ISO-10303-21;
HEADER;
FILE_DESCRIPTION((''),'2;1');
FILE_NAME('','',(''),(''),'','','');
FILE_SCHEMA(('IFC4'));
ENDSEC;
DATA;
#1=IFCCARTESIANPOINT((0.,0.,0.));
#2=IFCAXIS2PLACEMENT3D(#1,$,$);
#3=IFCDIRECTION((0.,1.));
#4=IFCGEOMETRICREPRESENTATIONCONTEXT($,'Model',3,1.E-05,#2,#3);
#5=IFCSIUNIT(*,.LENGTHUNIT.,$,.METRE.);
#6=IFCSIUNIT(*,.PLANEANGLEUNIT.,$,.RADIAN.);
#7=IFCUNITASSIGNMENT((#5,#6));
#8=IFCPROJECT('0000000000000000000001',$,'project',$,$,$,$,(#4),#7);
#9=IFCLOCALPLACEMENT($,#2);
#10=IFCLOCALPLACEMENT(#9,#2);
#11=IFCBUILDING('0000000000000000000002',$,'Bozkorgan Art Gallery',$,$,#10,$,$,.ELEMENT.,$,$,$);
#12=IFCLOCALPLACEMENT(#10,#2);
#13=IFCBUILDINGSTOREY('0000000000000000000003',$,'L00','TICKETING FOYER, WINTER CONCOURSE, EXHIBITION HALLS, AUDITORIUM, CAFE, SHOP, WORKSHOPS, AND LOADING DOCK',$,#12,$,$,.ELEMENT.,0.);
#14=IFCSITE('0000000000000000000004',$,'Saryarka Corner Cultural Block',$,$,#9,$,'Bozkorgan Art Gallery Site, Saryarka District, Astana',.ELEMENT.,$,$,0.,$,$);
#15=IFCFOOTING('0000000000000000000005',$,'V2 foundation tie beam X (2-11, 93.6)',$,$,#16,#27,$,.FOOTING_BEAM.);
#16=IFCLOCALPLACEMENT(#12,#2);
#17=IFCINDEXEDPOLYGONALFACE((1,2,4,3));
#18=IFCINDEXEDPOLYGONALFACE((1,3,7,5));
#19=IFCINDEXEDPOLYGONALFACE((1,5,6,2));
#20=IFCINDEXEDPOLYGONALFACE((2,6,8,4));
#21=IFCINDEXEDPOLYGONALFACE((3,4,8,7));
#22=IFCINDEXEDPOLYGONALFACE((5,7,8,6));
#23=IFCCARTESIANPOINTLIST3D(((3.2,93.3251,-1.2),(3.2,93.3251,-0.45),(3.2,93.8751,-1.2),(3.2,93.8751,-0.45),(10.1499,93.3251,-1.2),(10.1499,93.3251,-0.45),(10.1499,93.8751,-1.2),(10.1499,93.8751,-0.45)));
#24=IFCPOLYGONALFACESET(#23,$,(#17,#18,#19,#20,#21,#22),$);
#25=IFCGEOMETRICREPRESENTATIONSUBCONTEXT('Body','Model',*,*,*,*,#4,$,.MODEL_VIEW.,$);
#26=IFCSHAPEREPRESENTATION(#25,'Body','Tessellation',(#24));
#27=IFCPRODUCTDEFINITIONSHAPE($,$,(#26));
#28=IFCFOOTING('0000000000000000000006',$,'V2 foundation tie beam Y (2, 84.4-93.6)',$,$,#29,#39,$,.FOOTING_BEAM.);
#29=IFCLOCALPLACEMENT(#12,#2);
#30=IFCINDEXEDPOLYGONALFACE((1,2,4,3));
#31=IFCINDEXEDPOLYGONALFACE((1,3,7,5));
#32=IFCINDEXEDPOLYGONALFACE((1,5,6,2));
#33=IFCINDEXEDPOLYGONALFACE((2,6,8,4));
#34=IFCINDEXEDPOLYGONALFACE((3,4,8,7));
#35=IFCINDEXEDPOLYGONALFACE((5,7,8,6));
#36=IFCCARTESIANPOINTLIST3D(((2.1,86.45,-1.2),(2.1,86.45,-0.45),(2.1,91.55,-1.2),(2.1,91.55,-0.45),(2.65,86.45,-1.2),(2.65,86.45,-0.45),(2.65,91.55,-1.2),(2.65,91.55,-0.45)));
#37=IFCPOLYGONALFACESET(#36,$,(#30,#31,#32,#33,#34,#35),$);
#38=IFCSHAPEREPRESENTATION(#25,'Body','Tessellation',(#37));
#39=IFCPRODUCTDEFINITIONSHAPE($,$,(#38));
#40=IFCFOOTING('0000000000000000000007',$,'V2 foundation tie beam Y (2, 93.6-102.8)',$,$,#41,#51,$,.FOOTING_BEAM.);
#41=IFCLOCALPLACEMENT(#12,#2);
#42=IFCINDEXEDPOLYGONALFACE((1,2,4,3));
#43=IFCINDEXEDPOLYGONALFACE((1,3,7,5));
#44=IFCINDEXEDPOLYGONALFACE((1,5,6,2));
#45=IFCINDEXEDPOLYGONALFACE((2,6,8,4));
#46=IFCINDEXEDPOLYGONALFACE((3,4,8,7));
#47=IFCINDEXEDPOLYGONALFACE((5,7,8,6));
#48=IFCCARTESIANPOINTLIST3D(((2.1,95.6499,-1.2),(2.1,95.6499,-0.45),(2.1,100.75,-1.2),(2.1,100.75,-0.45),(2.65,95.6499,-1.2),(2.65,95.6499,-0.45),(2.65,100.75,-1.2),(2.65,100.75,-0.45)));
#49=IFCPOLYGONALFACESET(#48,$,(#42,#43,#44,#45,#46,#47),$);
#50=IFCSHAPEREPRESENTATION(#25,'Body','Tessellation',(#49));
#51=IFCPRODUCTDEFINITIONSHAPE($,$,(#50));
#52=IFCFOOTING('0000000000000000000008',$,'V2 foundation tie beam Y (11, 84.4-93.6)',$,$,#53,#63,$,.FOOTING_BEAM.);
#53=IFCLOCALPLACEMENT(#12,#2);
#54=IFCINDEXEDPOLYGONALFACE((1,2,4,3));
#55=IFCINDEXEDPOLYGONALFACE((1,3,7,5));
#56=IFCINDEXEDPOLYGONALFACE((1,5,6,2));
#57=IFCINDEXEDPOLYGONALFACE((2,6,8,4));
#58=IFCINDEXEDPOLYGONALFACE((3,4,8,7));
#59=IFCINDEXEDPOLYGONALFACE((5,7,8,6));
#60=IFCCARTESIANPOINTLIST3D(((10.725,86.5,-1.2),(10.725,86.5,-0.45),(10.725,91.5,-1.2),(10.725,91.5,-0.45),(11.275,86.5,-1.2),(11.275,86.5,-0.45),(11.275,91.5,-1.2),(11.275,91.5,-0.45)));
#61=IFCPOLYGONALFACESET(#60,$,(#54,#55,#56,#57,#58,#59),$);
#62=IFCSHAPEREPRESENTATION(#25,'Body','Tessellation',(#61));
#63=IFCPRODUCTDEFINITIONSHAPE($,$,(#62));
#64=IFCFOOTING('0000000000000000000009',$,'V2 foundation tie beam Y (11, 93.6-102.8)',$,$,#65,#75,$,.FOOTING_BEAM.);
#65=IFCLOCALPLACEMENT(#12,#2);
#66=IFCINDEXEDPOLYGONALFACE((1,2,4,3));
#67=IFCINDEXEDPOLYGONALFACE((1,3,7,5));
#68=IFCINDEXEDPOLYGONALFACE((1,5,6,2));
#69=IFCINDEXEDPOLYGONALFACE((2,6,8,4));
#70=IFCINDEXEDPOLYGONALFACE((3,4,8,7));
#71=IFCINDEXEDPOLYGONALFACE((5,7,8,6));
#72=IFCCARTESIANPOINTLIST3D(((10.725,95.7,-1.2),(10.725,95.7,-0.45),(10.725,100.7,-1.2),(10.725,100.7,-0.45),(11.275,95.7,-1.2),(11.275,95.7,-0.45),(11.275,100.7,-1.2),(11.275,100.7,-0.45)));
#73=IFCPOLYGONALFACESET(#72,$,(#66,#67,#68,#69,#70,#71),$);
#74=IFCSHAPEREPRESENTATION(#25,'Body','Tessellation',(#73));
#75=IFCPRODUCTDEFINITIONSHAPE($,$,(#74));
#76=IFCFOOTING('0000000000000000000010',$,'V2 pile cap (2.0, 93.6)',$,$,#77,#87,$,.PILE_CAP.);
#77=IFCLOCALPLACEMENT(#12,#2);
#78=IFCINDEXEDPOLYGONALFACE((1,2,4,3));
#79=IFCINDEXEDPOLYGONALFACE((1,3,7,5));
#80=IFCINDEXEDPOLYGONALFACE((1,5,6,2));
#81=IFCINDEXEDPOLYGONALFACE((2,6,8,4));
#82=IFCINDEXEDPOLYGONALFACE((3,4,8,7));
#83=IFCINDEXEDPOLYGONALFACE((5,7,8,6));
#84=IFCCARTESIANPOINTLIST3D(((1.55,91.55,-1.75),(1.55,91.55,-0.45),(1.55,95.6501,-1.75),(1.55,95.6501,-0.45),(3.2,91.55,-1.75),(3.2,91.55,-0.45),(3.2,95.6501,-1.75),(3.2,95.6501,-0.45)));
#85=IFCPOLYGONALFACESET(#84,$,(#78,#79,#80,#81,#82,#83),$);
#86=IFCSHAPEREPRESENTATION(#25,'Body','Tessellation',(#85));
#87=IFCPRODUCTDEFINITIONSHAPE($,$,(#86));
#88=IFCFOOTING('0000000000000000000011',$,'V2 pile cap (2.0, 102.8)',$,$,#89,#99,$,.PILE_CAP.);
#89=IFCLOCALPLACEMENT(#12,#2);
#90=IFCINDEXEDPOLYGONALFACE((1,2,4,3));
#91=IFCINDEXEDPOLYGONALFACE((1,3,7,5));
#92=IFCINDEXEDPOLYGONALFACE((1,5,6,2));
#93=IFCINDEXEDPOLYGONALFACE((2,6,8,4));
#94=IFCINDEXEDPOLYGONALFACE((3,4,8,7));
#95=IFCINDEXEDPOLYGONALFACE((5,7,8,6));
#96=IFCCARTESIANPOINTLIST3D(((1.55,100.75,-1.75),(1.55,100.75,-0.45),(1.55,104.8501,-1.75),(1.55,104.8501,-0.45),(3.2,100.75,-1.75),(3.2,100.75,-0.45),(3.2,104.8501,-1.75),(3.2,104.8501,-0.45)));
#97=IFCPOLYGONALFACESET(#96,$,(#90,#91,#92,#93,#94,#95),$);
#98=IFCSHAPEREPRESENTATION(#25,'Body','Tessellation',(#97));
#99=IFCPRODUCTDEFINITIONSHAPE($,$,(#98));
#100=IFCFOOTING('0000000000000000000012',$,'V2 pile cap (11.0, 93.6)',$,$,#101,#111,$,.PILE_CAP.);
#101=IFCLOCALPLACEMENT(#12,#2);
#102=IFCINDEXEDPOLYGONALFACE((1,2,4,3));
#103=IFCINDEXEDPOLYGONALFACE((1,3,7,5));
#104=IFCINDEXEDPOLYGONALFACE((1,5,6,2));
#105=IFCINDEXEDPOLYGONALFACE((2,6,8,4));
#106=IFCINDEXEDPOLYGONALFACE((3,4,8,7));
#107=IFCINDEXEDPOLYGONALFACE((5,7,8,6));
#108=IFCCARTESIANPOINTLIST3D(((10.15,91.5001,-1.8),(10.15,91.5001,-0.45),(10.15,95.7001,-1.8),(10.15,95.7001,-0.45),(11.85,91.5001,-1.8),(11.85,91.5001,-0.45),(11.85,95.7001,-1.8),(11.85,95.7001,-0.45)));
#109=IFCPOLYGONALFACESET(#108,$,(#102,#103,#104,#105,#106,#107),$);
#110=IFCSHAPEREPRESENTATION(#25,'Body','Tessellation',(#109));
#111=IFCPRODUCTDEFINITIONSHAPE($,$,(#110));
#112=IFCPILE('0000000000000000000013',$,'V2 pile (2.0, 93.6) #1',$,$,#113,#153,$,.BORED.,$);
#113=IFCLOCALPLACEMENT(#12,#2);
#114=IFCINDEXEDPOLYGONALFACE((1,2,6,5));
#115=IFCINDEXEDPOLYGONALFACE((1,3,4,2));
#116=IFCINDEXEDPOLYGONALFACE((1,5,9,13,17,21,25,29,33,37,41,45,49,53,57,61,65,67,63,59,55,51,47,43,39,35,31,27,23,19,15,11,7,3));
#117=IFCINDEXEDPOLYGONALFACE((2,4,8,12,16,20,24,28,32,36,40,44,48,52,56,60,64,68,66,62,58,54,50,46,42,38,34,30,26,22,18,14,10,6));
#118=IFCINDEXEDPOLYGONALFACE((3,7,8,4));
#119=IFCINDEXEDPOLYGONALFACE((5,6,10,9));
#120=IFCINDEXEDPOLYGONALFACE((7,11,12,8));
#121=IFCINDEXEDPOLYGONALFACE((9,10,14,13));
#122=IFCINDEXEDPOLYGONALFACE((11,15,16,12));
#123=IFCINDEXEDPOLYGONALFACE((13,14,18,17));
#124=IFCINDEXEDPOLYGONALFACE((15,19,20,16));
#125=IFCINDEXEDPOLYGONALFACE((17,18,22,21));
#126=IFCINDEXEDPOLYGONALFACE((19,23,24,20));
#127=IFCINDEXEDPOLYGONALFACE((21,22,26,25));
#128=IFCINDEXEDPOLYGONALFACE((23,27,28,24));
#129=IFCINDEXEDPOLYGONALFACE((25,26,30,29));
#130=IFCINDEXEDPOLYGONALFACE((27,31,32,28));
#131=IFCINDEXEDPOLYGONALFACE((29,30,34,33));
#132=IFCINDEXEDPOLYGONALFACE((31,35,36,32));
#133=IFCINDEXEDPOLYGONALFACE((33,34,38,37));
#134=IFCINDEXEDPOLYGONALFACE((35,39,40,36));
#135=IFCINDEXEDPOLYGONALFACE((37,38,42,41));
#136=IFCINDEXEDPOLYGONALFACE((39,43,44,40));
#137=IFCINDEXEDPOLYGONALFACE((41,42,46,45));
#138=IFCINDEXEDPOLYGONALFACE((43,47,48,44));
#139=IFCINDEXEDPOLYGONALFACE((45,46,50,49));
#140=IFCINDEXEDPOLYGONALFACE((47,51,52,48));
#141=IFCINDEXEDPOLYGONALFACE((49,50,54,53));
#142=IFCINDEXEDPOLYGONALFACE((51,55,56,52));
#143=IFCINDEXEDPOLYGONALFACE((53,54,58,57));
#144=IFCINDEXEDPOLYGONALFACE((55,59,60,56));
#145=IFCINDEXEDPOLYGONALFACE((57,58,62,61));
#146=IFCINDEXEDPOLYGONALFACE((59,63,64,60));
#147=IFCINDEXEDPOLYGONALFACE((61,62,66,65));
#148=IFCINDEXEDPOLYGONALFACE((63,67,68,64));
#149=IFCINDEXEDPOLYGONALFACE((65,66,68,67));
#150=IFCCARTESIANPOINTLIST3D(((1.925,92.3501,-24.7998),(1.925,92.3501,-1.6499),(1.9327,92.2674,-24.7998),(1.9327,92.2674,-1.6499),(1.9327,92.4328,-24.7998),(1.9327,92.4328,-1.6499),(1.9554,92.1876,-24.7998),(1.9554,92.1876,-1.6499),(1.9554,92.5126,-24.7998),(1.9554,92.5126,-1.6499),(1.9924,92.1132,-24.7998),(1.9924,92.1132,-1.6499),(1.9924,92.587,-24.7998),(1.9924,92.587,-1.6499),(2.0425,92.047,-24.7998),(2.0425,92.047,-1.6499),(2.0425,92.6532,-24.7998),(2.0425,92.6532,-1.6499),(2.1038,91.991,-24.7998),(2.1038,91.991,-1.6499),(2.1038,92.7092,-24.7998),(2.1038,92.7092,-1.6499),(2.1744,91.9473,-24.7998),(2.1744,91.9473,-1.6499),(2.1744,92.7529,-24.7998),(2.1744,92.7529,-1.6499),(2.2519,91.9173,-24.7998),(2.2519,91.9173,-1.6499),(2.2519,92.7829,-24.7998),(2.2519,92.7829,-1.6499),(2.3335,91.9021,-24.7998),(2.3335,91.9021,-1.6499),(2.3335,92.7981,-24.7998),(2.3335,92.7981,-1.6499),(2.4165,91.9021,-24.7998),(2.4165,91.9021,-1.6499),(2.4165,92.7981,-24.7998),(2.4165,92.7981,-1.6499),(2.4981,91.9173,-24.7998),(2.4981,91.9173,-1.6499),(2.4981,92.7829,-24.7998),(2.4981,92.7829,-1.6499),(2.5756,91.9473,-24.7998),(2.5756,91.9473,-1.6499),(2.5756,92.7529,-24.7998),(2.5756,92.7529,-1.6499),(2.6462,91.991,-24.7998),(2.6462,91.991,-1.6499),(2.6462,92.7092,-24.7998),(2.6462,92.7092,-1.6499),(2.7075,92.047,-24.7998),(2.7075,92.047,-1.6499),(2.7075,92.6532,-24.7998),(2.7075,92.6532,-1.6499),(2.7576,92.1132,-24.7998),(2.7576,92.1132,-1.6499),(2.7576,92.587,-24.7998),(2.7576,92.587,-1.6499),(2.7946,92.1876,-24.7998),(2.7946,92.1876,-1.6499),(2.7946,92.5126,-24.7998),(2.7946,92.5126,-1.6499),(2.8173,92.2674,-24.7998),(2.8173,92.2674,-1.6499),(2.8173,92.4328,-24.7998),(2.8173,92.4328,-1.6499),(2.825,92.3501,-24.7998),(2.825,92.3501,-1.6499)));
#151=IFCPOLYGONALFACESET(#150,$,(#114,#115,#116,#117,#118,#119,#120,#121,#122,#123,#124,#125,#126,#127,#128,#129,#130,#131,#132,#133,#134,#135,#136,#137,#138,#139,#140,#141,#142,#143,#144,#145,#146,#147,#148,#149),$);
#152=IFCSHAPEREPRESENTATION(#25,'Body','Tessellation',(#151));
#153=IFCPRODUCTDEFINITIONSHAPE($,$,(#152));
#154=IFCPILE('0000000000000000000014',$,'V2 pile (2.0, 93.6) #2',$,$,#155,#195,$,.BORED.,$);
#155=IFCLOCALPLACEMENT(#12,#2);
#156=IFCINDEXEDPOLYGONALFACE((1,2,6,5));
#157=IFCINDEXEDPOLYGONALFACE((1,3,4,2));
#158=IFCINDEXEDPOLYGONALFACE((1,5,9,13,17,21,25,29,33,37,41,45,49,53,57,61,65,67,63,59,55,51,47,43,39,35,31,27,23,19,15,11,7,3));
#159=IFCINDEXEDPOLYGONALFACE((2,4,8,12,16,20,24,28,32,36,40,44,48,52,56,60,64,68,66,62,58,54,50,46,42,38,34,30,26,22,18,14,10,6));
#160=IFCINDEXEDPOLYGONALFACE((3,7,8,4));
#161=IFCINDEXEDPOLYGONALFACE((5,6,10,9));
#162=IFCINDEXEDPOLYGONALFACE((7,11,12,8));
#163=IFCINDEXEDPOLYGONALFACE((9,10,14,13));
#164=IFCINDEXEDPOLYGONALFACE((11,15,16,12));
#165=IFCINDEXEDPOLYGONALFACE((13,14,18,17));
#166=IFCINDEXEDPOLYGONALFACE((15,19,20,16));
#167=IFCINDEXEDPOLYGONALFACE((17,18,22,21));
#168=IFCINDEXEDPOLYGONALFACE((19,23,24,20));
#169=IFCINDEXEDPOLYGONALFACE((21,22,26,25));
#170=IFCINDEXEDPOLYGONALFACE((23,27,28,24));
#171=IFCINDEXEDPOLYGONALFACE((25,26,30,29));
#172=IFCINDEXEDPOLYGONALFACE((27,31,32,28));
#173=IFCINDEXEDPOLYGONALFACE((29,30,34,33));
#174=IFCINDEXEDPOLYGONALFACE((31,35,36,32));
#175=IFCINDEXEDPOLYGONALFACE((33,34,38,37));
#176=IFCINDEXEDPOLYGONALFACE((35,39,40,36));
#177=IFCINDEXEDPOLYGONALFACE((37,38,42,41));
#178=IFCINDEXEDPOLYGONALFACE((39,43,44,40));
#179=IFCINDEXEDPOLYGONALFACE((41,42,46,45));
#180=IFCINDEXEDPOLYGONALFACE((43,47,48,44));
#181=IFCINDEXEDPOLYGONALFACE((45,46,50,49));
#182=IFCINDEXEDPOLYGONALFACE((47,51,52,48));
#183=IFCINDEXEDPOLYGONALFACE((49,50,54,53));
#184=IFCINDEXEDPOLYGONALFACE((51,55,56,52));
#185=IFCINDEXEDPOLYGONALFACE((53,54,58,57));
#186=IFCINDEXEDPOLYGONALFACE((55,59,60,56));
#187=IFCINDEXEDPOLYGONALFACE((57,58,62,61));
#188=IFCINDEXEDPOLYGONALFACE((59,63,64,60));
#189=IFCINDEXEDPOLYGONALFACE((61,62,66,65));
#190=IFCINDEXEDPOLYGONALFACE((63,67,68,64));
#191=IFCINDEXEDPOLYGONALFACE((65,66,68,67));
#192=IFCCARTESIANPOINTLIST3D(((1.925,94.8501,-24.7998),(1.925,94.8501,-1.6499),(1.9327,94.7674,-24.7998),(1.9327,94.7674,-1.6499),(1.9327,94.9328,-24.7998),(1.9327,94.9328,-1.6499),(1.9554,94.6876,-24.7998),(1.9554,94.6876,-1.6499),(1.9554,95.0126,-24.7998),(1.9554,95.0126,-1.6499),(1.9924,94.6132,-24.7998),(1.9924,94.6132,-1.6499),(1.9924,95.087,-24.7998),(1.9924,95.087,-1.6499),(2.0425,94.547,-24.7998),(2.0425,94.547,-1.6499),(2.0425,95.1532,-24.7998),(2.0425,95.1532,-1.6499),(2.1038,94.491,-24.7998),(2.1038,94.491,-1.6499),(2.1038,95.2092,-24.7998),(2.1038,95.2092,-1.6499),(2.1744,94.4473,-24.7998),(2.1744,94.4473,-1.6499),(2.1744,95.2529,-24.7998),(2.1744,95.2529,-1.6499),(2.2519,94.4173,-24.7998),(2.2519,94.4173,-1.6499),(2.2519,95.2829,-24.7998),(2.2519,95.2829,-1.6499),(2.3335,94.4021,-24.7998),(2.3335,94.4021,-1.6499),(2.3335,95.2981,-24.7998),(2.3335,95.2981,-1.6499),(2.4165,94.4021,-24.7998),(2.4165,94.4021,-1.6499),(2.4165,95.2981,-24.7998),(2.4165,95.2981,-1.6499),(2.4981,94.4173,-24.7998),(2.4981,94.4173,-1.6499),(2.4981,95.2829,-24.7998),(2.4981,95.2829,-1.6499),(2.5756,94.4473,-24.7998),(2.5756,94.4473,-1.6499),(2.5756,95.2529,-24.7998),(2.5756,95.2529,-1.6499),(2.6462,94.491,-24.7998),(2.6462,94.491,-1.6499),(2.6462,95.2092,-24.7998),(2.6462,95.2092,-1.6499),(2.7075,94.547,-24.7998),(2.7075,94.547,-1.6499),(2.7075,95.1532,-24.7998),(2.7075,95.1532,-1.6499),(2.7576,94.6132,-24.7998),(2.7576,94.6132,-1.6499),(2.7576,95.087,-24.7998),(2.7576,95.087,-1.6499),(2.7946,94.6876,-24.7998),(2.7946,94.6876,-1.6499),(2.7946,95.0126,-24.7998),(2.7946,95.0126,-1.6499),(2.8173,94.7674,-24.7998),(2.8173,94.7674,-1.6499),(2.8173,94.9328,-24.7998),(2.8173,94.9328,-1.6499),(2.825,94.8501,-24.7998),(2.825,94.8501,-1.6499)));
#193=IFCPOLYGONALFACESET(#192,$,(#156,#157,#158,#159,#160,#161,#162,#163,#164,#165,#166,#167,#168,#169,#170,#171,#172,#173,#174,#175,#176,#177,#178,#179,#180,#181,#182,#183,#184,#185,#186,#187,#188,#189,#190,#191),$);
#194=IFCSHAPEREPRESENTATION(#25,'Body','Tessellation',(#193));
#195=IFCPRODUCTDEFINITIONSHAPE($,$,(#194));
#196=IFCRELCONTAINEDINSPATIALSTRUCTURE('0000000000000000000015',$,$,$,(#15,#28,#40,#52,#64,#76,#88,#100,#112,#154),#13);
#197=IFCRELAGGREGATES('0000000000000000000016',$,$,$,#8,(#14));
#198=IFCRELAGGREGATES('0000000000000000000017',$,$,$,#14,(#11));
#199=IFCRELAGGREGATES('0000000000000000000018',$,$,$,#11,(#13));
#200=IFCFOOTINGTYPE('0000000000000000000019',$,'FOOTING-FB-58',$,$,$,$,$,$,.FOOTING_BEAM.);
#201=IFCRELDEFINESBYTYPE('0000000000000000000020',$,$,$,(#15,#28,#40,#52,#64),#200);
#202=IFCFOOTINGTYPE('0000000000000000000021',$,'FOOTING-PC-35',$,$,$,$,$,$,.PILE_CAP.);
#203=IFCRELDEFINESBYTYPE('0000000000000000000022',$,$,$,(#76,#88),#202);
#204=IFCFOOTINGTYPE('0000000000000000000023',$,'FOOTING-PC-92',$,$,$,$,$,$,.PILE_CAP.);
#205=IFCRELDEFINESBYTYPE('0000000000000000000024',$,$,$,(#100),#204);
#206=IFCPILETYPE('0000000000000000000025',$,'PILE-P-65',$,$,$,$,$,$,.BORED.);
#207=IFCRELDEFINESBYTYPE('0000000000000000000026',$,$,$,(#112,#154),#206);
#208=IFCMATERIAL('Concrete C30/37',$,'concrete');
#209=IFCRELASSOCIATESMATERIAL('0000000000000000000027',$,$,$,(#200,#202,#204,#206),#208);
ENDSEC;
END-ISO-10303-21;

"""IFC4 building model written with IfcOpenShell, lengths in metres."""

from ifc_helpers import new_model, si_unit, direction, frame, origin, origin_2d, place, context, subcontext, project, spatial, rectangle, circle, extrude, material, material_profile, profile_set, type_object, element, save


model = new_model("IFC4")

# Units and contexts
model_context = context("Model", 3, precision=1e-05, world=origin(), true_north=direction((0.0, 1.0)))
body_context = subcontext(model_context, "Body", "Model", "MODEL_VIEW")
ifc_project = project(units=[si_unit("LENGTHUNIT", "METRE"), si_unit("PLANEANGLEUNIT", "RADIAN")], contexts=[model_context])

# Site, building, storey
site_placement = place(None, origin())
site = spatial("IfcSite", under=ifc_project, at=site_placement, Name="Saryarka Corner Cultural Block", LongName="Bozkorgan Art Gallery Site, Saryarka District, Astana", CompositionType="ELEMENT", RefElevation=0.0)
building_placement = place(site_placement, origin())
building = spatial("IfcBuilding", under=site, at=building_placement, Name="Bozkorgan Art Gallery", CompositionType="ELEMENT")
storey_placement = place(building_placement, origin())
storey = spatial("IfcBuildingStorey", under=building, at=storey_placement, Name="L00", Description="TICKETING FOYER, WINTER CONCOURSE, EXHIBITION HALLS, AUDITORIUM, CAFE, SHOP, WORKSHOPS, AND LOADING DOCK", CompositionType="ELEMENT", Elevation=0.0)

# Footings
ifc_material_1 = material(Name="Concrete C30/37", Category="concrete")
ifc_material_profile_1 = material_profile(ifc_material_1, rectangle(XDim=0.55, YDim=0.75, at=origin_2d()), Name="FND 550x750")
ifc_profile_set_1 = profile_set([ifc_material_profile_1], Name="Concrete C30/37")
footing_type_1 = type_object("IfcFootingType", Name="FOOTING-FB-58", PredefinedType="FOOTING_BEAM", material=ifc_profile_set_1)
footing_1_placement = place(storey_placement, frame((3.2, 93.6001, -0.825), z_axis=(1.0, 0.0, 0.0), x_axis=(0.0, 1.0, 0.0)))
element("IfcFooting", 1, at=footing_1_placement, inside=storey, type_object=footing_type_1, Name="V2 foundation tie beam X (2-11, 93.6)", PredefinedType="FOOTING_BEAM", context=body_context, shape_type="SweptSolid", body=[
    extrude(rectangle(XDim=0.55, YDim=0.75, at=origin_2d()), origin(), (0.0, 0.0, 1.0), 6.95),
])
for number, where, z_axis, x_axis, name in (
    (2, (2.375, 86.45, -0.825), (0.0, 1.0, 0.0), (-1.0, 0.0, 0.0), "V2 foundation tie beam Y (2, 84.4-93.6)"),
    (3, (2.375, 95.6499, -0.825), (0.0, 1.0, 0.0), (-1.0, 0.0, 0.0), "V2 foundation tie beam Y (2, 93.6-102.8)"),
):
    element("IfcFooting", number, at=place(storey_placement, frame(where, z_axis=z_axis, x_axis=x_axis)), inside=storey, type_object=footing_type_1, Name=name, PredefinedType="FOOTING_BEAM", context=body_context, shape_type="SweptSolid", body=[
        extrude(rectangle(XDim=0.55, YDim=0.75, at=origin_2d()), origin(), (0.0, 0.0, 1.0), 5.1001),
    ])
for number, where, z_axis, x_axis, name in (
    (4, (11.0, 86.5, -0.825), (0.0, 1.0, 0.0), (-1.0, 0.0, 0.0), "V2 foundation tie beam Y (11, 84.4-93.6)"),
    (5, (11.0, 95.7, -0.825), (0.0, 1.0, 0.0), (-1.0, 0.0, 0.0), "V2 foundation tie beam Y (11, 93.6-102.8)"),
):
    element("IfcFooting", number, at=place(storey_placement, frame(where, z_axis=z_axis, x_axis=x_axis)), inside=storey, type_object=footing_type_1, Name=name, PredefinedType="FOOTING_BEAM", context=body_context, shape_type="SweptSolid", body=[
        extrude(rectangle(XDim=0.55, YDim=0.75, at=origin_2d()), origin(), (0.0, 0.0, 1.0), 5.0),
    ])
footing_type_2 = type_object("IfcFootingType", Name="FOOTING-PC-35", PredefinedType="PILE_CAP", material=ifc_material_1)
for number, where, z_axis, x_axis, name in (
    (6, (2.375, 93.6001, -1.75), (0.0, 0.0, 1.0), (1.0, 0.0, 0.0), "V2 pile cap (2.0, 93.6)"),
    (7, (2.375, 102.8, -1.75), (0.0, 0.0, 1.0), (1.0, 0.0, 0.0), "V2 pile cap (2.0, 102.8)"),
):
    element("IfcFooting", number, at=place(storey_placement, frame(where, z_axis=z_axis, x_axis=x_axis)), inside=storey, type_object=footing_type_2, Name=name, PredefinedType="PILE_CAP", context=body_context, shape_type="SweptSolid", body=[
        extrude(rectangle(XDim=1.6499, YDim=4.1001, at=origin_2d()), origin(), (0.0, 0.0, 1.0), 1.3),
    ])
footing_type_3 = type_object("IfcFootingType", Name="FOOTING-PC-92", PredefinedType="PILE_CAP", material=ifc_material_1)
footing_2_placement = place(storey_placement, frame((11.0, 93.6001, -1.8), z_axis=(0.0, 0.0, 1.0), x_axis=(1.0, 0.0, 0.0)))
element("IfcFooting", 8, at=footing_2_placement, inside=storey, type_object=footing_type_3, Name="V2 pile cap (11.0, 93.6)", PredefinedType="PILE_CAP", context=body_context, shape_type="SweptSolid", body=[
    extrude(rectangle(XDim=1.7, YDim=4.2, at=origin_2d()), origin(), (0.0, 0.0, 1.0), 1.3501),
])

# Piles
ifc_material_profile_2 = material_profile(ifc_material_1, circle(Radius=0.45, at=origin_2d()), Name="PILE D900")
ifc_profile_set_2 = profile_set([ifc_material_profile_2], Name="Concrete C30/37")
pile_type = type_object("IfcPileType", Name="PILE-P-65", PredefinedType="BORED", material=ifc_profile_set_2)
for number, where, z_axis, x_axis, name in (
    (9, (2.375, 92.3501, -1.6499), (0.0, 0.0, -1.0), (1.0, 0.0, 0.0), "V2 pile (2.0, 93.6) #1"),
    (10, (2.375, 94.8501, -1.6499), (0.0, 0.0, -1.0), (1.0, 0.0, 0.0), "V2 pile (2.0, 93.6) #2"),
):
    element("IfcPile", number, at=place(storey_placement, frame(where, z_axis=z_axis, x_axis=x_axis)), inside=storey, type_object=pile_type, Name=name, PredefinedType="BORED", context=body_context, shape_type="SweptSolid", body=[
        extrude(circle(Radius=0.45, at=origin_2d()), origin(), (0.0, 0.0, 1.0), 23.1499),
    ])

save(model, "model.ifc")
